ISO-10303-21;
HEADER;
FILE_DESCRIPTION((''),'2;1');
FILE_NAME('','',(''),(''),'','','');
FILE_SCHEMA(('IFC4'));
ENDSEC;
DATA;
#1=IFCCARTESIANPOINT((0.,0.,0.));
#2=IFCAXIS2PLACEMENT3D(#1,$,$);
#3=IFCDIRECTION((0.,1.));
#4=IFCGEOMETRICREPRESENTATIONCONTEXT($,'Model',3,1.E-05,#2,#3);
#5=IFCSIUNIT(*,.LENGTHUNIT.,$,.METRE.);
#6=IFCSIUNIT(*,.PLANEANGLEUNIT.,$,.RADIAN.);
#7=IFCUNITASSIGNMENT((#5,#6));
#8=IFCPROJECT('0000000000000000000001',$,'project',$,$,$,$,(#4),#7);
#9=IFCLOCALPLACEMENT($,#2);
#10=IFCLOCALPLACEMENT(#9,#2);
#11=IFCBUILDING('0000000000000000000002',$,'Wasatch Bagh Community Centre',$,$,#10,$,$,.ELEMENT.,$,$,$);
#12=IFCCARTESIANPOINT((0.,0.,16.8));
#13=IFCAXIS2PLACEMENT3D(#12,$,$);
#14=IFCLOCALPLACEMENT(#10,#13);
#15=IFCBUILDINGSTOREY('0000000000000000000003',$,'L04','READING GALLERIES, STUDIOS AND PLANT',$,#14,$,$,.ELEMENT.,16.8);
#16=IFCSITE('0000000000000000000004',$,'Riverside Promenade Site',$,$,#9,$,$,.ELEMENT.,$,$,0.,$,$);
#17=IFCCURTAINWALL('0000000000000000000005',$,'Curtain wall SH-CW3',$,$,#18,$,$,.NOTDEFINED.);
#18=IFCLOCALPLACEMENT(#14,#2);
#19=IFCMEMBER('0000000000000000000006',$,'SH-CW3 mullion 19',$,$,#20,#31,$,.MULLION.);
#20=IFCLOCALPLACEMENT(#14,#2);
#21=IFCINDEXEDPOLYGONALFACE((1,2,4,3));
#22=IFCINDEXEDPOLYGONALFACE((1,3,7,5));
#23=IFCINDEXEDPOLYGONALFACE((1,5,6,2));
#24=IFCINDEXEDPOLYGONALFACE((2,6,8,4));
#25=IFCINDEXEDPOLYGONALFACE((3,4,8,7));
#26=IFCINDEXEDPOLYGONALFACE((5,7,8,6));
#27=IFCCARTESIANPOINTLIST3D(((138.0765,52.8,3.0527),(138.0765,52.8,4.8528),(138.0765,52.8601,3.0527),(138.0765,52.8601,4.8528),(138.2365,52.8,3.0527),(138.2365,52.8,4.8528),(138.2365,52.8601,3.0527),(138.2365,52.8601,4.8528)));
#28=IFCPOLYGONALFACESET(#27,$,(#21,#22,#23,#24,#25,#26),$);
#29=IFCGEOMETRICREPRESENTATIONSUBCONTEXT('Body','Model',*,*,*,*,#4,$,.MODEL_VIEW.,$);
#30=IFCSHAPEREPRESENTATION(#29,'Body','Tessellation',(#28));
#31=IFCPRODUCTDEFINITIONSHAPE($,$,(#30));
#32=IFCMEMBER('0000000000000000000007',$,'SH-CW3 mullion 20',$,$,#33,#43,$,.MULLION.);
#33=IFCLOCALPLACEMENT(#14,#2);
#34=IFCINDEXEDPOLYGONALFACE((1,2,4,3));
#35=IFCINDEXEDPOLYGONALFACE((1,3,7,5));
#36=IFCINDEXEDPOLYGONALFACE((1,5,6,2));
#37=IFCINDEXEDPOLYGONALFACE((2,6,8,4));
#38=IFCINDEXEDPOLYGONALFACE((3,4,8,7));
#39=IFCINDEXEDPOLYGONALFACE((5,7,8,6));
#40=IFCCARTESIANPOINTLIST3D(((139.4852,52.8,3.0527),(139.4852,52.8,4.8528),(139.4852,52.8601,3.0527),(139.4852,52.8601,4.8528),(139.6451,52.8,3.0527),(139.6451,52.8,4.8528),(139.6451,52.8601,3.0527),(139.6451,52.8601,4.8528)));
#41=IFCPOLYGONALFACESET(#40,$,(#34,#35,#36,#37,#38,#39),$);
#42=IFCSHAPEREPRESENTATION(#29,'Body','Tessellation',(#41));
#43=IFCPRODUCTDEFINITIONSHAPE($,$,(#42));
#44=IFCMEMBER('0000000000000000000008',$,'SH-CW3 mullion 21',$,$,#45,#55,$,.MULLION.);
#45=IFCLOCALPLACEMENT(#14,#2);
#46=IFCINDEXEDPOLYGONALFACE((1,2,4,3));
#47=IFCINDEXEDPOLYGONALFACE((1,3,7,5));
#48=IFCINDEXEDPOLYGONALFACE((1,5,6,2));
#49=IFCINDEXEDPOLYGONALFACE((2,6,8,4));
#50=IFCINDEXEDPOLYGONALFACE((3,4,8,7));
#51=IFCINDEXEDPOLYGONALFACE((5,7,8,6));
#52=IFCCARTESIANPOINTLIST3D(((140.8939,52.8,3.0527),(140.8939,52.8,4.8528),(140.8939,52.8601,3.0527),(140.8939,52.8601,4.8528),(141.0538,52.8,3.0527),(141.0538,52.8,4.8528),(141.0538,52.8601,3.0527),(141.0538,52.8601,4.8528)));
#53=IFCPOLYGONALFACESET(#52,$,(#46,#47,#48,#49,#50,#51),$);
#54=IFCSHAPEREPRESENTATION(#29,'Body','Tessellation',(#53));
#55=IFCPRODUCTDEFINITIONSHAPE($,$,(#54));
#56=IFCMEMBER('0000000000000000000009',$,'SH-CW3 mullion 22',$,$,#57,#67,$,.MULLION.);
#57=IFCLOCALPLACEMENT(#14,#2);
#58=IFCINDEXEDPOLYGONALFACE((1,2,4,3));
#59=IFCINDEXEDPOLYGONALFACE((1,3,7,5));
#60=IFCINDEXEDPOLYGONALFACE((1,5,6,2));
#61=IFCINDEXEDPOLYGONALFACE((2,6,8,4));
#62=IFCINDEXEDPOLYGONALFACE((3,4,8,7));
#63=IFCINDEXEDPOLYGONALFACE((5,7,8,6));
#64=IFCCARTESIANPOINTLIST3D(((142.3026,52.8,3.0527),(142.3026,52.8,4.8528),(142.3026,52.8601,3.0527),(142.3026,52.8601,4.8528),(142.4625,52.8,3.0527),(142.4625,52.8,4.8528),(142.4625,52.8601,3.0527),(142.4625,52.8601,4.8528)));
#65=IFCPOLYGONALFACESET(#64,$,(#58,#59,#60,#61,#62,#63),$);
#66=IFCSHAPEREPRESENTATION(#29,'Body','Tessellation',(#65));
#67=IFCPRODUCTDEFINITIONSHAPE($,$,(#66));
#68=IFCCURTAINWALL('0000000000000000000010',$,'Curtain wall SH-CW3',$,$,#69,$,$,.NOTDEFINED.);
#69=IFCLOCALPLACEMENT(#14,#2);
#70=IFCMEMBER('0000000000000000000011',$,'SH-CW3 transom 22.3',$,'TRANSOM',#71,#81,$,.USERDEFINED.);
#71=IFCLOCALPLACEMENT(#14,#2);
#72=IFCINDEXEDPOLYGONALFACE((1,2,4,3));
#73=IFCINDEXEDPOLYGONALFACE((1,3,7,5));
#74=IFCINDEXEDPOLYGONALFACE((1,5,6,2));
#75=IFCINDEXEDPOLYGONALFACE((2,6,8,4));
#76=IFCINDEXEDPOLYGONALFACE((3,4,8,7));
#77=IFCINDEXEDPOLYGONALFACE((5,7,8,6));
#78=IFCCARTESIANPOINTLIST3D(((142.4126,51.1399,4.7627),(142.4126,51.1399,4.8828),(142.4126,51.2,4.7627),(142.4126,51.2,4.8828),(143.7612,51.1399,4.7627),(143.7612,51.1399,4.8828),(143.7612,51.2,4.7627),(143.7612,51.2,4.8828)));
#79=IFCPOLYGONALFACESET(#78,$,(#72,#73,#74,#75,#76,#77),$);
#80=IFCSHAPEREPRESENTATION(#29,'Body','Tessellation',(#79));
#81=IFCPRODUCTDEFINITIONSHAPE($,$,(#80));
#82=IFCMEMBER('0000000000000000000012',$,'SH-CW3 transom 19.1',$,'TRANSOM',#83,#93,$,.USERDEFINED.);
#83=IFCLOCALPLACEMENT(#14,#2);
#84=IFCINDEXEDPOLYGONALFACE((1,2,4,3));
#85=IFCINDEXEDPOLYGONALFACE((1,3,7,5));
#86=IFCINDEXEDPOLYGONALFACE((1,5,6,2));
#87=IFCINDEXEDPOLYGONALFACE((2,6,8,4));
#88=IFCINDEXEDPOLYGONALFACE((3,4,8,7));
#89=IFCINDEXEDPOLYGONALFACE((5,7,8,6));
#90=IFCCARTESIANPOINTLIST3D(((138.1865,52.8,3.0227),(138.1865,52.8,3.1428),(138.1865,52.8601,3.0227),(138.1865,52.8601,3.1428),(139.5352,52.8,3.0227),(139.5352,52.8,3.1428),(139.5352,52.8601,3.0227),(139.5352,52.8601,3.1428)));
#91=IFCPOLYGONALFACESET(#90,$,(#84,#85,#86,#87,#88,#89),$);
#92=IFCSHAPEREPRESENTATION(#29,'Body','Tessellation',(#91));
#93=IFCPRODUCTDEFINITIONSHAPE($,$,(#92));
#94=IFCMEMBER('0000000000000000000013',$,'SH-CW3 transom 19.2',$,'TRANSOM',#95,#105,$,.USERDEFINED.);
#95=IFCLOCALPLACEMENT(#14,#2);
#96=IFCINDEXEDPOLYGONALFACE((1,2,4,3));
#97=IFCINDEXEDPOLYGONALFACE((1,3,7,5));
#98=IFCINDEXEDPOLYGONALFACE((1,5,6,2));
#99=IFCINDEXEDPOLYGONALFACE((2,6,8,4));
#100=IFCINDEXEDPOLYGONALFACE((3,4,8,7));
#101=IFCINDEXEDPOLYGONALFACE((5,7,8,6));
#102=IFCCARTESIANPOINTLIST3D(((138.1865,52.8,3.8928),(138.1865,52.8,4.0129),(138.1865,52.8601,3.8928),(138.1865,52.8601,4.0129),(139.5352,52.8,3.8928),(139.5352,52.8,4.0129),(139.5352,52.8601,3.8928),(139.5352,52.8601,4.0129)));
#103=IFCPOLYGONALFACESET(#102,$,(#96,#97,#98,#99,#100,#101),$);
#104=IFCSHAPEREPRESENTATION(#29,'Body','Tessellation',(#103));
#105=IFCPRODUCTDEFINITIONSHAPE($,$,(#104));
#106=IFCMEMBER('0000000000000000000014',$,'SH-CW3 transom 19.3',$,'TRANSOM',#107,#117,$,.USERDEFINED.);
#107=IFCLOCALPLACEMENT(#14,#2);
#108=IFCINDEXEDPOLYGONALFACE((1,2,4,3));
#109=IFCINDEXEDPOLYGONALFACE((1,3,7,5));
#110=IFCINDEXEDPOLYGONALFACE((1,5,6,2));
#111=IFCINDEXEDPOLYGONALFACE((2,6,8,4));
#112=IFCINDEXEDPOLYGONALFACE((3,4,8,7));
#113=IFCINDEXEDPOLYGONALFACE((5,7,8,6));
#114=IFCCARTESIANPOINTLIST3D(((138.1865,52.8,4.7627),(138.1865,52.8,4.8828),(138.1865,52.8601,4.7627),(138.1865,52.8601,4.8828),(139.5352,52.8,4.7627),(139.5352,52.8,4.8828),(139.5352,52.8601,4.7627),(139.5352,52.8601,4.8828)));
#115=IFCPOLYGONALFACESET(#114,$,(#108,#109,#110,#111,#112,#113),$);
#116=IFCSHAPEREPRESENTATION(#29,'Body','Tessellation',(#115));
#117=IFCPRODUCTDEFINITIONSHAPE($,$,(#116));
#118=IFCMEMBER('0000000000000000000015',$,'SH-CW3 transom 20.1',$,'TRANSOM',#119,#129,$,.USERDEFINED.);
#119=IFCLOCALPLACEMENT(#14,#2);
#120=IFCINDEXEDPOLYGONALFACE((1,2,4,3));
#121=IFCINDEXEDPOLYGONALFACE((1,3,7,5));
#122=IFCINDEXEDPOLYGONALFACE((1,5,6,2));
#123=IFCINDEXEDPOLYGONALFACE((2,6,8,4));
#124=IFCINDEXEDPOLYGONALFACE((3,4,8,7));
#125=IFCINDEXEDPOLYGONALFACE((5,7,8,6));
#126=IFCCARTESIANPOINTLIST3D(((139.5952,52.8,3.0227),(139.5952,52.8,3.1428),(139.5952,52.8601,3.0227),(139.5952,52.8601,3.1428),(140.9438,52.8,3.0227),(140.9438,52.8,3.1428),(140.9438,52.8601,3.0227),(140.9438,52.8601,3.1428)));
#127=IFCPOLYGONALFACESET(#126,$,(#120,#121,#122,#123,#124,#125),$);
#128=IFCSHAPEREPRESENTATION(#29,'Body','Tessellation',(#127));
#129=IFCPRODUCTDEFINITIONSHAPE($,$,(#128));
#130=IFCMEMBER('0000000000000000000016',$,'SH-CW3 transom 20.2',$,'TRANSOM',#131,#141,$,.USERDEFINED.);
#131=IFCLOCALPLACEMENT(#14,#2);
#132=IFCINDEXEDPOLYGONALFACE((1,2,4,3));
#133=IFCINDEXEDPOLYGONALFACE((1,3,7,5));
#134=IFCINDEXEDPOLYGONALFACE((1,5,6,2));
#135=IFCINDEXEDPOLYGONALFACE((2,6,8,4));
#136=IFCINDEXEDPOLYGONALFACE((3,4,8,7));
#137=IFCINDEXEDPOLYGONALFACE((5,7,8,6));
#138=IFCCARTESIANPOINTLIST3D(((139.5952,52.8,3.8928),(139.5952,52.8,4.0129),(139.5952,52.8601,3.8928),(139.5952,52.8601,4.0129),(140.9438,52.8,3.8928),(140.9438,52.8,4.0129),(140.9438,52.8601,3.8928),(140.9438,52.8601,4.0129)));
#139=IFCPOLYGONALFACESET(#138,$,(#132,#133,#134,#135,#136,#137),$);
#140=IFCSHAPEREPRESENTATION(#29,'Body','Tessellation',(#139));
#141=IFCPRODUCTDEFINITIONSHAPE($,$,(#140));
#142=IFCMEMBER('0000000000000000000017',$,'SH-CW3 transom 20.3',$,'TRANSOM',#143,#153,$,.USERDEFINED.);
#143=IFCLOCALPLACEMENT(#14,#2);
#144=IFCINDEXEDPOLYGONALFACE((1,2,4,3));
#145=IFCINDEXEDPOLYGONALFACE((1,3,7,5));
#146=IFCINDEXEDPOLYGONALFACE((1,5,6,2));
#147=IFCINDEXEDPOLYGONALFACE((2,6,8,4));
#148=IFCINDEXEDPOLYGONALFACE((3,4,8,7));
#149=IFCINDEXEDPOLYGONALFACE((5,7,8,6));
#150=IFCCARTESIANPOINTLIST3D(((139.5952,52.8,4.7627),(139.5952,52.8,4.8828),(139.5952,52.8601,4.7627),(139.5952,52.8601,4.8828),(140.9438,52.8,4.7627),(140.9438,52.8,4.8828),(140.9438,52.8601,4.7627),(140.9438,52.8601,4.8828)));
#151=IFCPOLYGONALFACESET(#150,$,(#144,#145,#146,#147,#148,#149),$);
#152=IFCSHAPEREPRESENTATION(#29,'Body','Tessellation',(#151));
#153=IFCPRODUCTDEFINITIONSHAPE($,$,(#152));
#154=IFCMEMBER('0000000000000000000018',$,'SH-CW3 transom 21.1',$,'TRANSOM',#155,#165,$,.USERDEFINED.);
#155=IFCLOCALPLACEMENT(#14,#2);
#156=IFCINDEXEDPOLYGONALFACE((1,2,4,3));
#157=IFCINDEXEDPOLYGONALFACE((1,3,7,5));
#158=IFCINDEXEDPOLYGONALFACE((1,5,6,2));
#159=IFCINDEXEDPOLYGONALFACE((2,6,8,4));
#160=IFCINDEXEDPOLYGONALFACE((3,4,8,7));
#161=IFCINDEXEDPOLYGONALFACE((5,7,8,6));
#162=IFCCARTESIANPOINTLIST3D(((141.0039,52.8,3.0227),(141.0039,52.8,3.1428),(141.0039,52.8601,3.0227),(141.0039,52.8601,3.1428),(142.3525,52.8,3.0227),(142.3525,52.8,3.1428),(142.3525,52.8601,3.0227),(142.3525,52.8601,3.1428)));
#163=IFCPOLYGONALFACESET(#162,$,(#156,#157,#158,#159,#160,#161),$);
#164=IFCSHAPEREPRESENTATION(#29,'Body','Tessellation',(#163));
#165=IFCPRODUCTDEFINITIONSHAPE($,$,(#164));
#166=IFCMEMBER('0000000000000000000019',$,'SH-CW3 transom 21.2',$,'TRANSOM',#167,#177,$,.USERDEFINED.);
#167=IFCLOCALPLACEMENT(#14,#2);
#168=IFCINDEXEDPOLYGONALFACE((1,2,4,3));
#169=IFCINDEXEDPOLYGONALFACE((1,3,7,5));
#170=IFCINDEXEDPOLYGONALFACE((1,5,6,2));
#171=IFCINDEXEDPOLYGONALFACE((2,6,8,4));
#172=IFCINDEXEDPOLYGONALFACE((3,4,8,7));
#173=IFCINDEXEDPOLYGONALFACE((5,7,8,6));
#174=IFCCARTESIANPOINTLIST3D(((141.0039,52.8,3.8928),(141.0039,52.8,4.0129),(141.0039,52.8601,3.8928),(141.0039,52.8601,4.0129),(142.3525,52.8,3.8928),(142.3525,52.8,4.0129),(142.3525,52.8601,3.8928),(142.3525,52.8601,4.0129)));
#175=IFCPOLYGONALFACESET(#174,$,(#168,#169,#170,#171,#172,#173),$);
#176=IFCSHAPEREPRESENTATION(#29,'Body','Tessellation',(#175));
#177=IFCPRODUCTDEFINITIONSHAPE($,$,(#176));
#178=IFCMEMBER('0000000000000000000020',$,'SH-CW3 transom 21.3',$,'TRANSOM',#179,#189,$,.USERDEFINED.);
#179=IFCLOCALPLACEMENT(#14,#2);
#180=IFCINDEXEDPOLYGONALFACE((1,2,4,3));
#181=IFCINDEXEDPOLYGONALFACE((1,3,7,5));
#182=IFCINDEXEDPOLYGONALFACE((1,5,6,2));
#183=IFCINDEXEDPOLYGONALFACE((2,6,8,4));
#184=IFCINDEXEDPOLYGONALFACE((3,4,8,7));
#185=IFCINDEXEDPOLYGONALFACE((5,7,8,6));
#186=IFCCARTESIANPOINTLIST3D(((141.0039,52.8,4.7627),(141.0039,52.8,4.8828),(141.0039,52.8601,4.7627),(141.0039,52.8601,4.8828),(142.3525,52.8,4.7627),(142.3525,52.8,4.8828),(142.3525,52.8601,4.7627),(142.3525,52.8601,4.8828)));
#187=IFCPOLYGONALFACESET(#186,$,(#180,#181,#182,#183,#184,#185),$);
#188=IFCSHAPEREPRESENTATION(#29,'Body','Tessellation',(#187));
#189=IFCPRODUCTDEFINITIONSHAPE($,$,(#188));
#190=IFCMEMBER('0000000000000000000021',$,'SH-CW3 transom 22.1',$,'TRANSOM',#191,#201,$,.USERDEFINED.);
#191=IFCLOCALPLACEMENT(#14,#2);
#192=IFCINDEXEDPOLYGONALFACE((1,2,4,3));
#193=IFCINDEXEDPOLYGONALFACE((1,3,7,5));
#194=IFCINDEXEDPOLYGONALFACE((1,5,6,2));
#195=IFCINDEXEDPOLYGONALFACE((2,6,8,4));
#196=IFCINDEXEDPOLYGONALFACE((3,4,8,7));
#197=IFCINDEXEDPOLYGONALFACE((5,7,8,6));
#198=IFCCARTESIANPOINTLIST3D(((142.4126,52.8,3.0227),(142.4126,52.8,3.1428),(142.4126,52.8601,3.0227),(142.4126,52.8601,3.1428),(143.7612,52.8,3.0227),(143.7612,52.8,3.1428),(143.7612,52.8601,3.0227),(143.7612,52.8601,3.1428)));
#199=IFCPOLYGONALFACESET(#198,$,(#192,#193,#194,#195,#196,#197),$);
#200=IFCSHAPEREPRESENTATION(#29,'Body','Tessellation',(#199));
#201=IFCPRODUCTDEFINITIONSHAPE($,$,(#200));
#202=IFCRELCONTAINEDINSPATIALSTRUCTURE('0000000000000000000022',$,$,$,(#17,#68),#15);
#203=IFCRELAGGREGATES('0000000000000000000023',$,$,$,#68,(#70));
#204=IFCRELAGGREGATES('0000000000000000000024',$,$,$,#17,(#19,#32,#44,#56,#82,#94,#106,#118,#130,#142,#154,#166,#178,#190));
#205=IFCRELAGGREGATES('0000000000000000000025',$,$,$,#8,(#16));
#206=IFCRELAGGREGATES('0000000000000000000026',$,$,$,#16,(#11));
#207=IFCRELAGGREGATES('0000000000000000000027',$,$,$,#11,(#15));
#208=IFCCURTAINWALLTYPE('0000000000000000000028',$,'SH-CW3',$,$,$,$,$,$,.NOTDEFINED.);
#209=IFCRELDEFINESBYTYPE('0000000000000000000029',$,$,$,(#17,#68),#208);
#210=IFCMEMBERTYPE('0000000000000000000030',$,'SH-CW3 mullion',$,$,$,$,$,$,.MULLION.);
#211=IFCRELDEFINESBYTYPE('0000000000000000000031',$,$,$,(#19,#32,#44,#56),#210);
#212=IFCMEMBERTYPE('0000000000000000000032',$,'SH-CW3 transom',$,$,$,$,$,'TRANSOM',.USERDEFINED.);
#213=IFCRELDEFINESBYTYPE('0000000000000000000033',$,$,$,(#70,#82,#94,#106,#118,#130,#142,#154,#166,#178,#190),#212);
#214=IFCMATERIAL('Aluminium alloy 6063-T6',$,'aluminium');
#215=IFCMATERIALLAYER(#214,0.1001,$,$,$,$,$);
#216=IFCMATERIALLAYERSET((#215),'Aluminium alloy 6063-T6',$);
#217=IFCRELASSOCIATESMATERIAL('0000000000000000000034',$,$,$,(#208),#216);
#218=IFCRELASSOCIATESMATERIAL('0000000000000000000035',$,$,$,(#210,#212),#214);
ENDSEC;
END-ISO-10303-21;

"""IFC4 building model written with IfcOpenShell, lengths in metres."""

from ifc_helpers import new_model, si_unit, direction, frame, origin, origin_2d, place, context, subcontext, project, spatial, rectangle, extrude, material, layer, layer_set, material_profile, profile_set, type_object, element, aggregate, save


model = new_model("IFC4")

# Units and contexts
model_context = context("Model", 3, precision=1e-05, world=origin(), true_north=direction((0.0, 1.0)))
body_context = subcontext(model_context, "Body", "Model", "MODEL_VIEW")
ifc_project = project(units=[si_unit("LENGTHUNIT", "METRE"), si_unit("PLANEANGLEUNIT", "RADIAN")], contexts=[model_context])

# Site, building, storey
site_placement = place(None, origin())
site = spatial("IfcSite", under=ifc_project, at=site_placement, Name="Riverside Promenade Site", CompositionType="ELEMENT", RefElevation=0.0)
building_placement = place(site_placement, origin())
building = spatial("IfcBuilding", under=site, at=building_placement, Name="Wasatch Bagh Community Centre", CompositionType="ELEMENT")
storey_placement = place(building_placement, frame((0.0, 0.0, 16.8)))
storey = spatial("IfcBuildingStorey", under=building, at=storey_placement, Name="L04", Description="READING GALLERIES, STUDIOS AND PLANT", CompositionType="ELEMENT", Elevation=16.8)

# Curtain wall, members
ifc_material_1 = material(Name="Aluminium alloy 6063-T6", Category="aluminium")
ifc_layer_1 = layer(ifc_material_1, 0.1001)
ifc_layer_set_1 = layer_set([ifc_layer_1], Name="Aluminium alloy 6063-T6")
curtain_wall_type = type_object("IfcCurtainWallType", Name="SH-CW3", PredefinedType="NOTDEFINED", material=ifc_layer_set_1)
curtain_wall_1_placement = place(storey_placement, origin())
curtain_wall_1 = element("IfcCurtainWall", 1, at=curtain_wall_1_placement, inside=storey, type_object=curtain_wall_type, Name="Curtain wall SH-CW3", PredefinedType="NOTDEFINED")
ifc_material_profile_1 = material_profile(ifc_material_1, rectangle(XDim=0.0601, YDim=0.1599, at=origin_2d()), Name="AL 60x160")
ifc_profile_set_1 = profile_set([ifc_material_profile_1], Name="Aluminium alloy 6063-T6")
member_type_1 = type_object("IfcMemberType", Name="SH-CW3 mullion", PredefinedType="MULLION", material=ifc_profile_set_1)
member_1_placement = place(storey_placement, frame((138.1565, 52.8301, 3.0527), z_axis=(0.0, 0.0, 1.0), x_axis=(0.0, 1.0, 0.0)))
member_1 = element("IfcMember", 2, at=member_1_placement, type_object=member_type_1, Name="SH-CW3 mullion 19", PredefinedType="MULLION", context=body_context, shape_type="SweptSolid", body=[
    extrude(rectangle(XDim=0.0601, YDim=0.1599, at=origin_2d()), origin(), (0.0, 0.0, 1.0), 1.8),
])
member_2_placement = place(storey_placement, frame((139.5652, 52.8301, 3.0527), z_axis=(0.0, 0.0, 1.0), x_axis=(0.0, 1.0, 0.0)))
member_2 = element("IfcMember", 3, at=member_2_placement, type_object=member_type_1, Name="SH-CW3 mullion 20", PredefinedType="MULLION", context=body_context, shape_type="SweptSolid", body=[
    extrude(rectangle(XDim=0.0601, YDim=0.1599, at=origin_2d()), origin(), (0.0, 0.0, 1.0), 1.8),
])
member_3_placement = place(storey_placement, frame((140.9739, 52.8301, 3.0527), z_axis=(0.0, 0.0, 1.0), x_axis=(0.0, 1.0, 0.0)))
member_3 = element("IfcMember", 4, at=member_3_placement, type_object=member_type_1, Name="SH-CW3 mullion 21", PredefinedType="MULLION", context=body_context, shape_type="SweptSolid", body=[
    extrude(rectangle(XDim=0.0601, YDim=0.1599, at=origin_2d()), origin(), (0.0, 0.0, 1.0), 1.8),
])
member_4_placement = place(storey_placement, frame((142.3826, 52.8301, 3.0527), z_axis=(0.0, 0.0, 1.0), x_axis=(0.0, 1.0, 0.0)))
member_4 = element("IfcMember", 5, at=member_4_placement, type_object=member_type_1, Name="SH-CW3 mullion 22", PredefinedType="MULLION", context=body_context, shape_type="SweptSolid", body=[
    extrude(rectangle(XDim=0.0601, YDim=0.1599, at=origin_2d()), origin(), (0.0, 0.0, 1.0), 1.8),
])

# Curtain wall, member
curtain_wall_2_placement = place(storey_placement, origin())
curtain_wall_2 = element("IfcCurtainWall", 6, at=curtain_wall_2_placement, inside=storey, type_object=curtain_wall_type, Name="Curtain wall SH-CW3", PredefinedType="NOTDEFINED")
ifc_material_profile_2 = material_profile(ifc_material_1, rectangle(XDim=0.0601, YDim=0.1201, at=origin_2d()), Name="AL 60x120")
ifc_profile_set_2 = profile_set([ifc_material_profile_2], Name="Aluminium alloy 6063-T6")
member_type_2 = type_object("IfcMemberType", Name="SH-CW3 transom", ElementType="TRANSOM", PredefinedType="USERDEFINED", material=ifc_profile_set_2)
member_5_placement = place(storey_placement, frame((142.4126, 51.1699, 4.8228), z_axis=(1.0, 0.0, 0.0), x_axis=(0.0, 1.0, 0.0)))
member_5 = element("IfcMember", 7, at=member_5_placement, type_object=member_type_2, Name="SH-CW3 transom 22.3", ObjectType="TRANSOM", PredefinedType="USERDEFINED", context=body_context, shape_type="SweptSolid", body=[
    extrude(rectangle(XDim=0.0601, YDim=0.1201, at=origin_2d()), origin(), (0.0, 0.0, 1.0), 1.3486),
])
aggregate(curtain_wall_2, [member_5])

# Members
member_6_placement = place(storey_placement, frame((138.1865, 52.8301, 3.0828), z_axis=(1.0, 0.0, 0.0), x_axis=(0.0, 1.0, 0.0)))
member_6 = element("IfcMember", 8, at=member_6_placement, type_object=member_type_2, Name="SH-CW3 transom 19.1", ObjectType="TRANSOM", PredefinedType="USERDEFINED", context=body_context, shape_type="SweptSolid", body=[
    extrude(rectangle(XDim=0.0601, YDim=0.1201, at=origin_2d()), origin(), (0.0, 0.0, 1.0), 1.3486),
])
member_7_placement = place(storey_placement, frame((138.1865, 52.8301, 3.9529), z_axis=(1.0, 0.0, 0.0), x_axis=(0.0, 1.0, 0.0)))
member_7 = element("IfcMember", 9, at=member_7_placement, type_object=member_type_2, Name="SH-CW3 transom 19.2", ObjectType="TRANSOM", PredefinedType="USERDEFINED", context=body_context, shape_type="SweptSolid", body=[
    extrude(rectangle(XDim=0.0601, YDim=0.1201, at=origin_2d()), origin(), (0.0, 0.0, 1.0), 1.3486),
])
member_8_placement = place(storey_placement, frame((138.1865, 52.8301, 4.8228), z_axis=(1.0, 0.0, 0.0), x_axis=(0.0, 1.0, 0.0)))
member_8 = element("IfcMember", 10, at=member_8_placement, type_object=member_type_2, Name="SH-CW3 transom 19.3", ObjectType="TRANSOM", PredefinedType="USERDEFINED", context=body_context, shape_type="SweptSolid", body=[
    extrude(rectangle(XDim=0.0601, YDim=0.1201, at=origin_2d()), origin(), (0.0, 0.0, 1.0), 1.3486),
])
member_9_placement = place(storey_placement, frame((139.5952, 52.8301, 3.0828), z_axis=(1.0, 0.0, 0.0), x_axis=(0.0, 1.0, 0.0)))
member_9 = element("IfcMember", 11, at=member_9_placement, type_object=member_type_2, Name="SH-CW3 transom 20.1", ObjectType="TRANSOM", PredefinedType="USERDEFINED", context=body_context, shape_type="SweptSolid", body=[
    extrude(rectangle(XDim=0.0601, YDim=0.1201, at=origin_2d()), origin(), (0.0, 0.0, 1.0), 1.3486),
])
member_10_placement = place(storey_placement, frame((139.5952, 52.8301, 3.9529), z_axis=(1.0, 0.0, 0.0), x_axis=(0.0, 1.0, 0.0)))
member_10 = element("IfcMember", 12, at=member_10_placement, type_object=member_type_2, Name="SH-CW3 transom 20.2", ObjectType="TRANSOM", PredefinedType="USERDEFINED", context=body_context, shape_type="SweptSolid", body=[
    extrude(rectangle(XDim=0.0601, YDim=0.1201, at=origin_2d()), origin(), (0.0, 0.0, 1.0), 1.3486),
])
member_11_placement = place(storey_placement, frame((139.5952, 52.8301, 4.8228), z_axis=(1.0, 0.0, 0.0), x_axis=(0.0, 1.0, 0.0)))
member_11 = element("IfcMember", 13, at=member_11_placement, type_object=member_type_2, Name="SH-CW3 transom 20.3", ObjectType="TRANSOM", PredefinedType="USERDEFINED", context=body_context, shape_type="SweptSolid", body=[
    extrude(rectangle(XDim=0.0601, YDim=0.1201, at=origin_2d()), origin(), (0.0, 0.0, 1.0), 1.3486),
])
member_12_placement = place(storey_placement, frame((141.0039, 52.8301, 3.0828), z_axis=(1.0, 0.0, 0.0), x_axis=(0.0, 1.0, 0.0)))
member_12 = element("IfcMember", 14, at=member_12_placement, type_object=member_type_2, Name="SH-CW3 transom 21.1", ObjectType="TRANSOM", PredefinedType="USERDEFINED", context=body_context, shape_type="SweptSolid", body=[
    extrude(rectangle(XDim=0.0601, YDim=0.1201, at=origin_2d()), origin(), (0.0, 0.0, 1.0), 1.3486),
])
member_13_placement = place(storey_placement, frame((141.0039, 52.8301, 3.9529), z_axis=(1.0, 0.0, 0.0), x_axis=(0.0, 1.0, 0.0)))
member_13 = element("IfcMember", 15, at=member_13_placement, type_object=member_type_2, Name="SH-CW3 transom 21.2", ObjectType="TRANSOM", PredefinedType="USERDEFINED", context=body_context, shape_type="SweptSolid", body=[
    extrude(rectangle(XDim=0.0601, YDim=0.1201, at=origin_2d()), origin(), (0.0, 0.0, 1.0), 1.3486),
])
member_14_placement = place(storey_placement, frame((141.0039, 52.8301, 4.8228), z_axis=(1.0, 0.0, 0.0), x_axis=(0.0, 1.0, 0.0)))
member_14 = element("IfcMember", 16, at=member_14_placement, type_object=member_type_2, Name="SH-CW3 transom 21.3", ObjectType="TRANSOM", PredefinedType="USERDEFINED", context=body_context, shape_type="SweptSolid", body=[
    extrude(rectangle(XDim=0.0601, YDim=0.1201, at=origin_2d()), origin(), (0.0, 0.0, 1.0), 1.3486),
])
member_15_placement = place(storey_placement, frame((142.4126, 52.8301, 3.0828), z_axis=(1.0, 0.0, 0.0), x_axis=(0.0, 1.0, 0.0)))
member_15 = element("IfcMember", 17, at=member_15_placement, type_object=member_type_2, Name="SH-CW3 transom 22.1", ObjectType="TRANSOM", PredefinedType="USERDEFINED", context=body_context, shape_type="SweptSolid", body=[
    extrude(rectangle(XDim=0.0601, YDim=0.1201, at=origin_2d()), origin(), (0.0, 0.0, 1.0), 1.3486),
])

aggregate(curtain_wall_1, [member_1, member_2, member_3, member_4, member_6, member_7, member_8, member_9, member_10, member_11, member_12, member_13, member_14, member_15])

save(model, "model.ifc")
